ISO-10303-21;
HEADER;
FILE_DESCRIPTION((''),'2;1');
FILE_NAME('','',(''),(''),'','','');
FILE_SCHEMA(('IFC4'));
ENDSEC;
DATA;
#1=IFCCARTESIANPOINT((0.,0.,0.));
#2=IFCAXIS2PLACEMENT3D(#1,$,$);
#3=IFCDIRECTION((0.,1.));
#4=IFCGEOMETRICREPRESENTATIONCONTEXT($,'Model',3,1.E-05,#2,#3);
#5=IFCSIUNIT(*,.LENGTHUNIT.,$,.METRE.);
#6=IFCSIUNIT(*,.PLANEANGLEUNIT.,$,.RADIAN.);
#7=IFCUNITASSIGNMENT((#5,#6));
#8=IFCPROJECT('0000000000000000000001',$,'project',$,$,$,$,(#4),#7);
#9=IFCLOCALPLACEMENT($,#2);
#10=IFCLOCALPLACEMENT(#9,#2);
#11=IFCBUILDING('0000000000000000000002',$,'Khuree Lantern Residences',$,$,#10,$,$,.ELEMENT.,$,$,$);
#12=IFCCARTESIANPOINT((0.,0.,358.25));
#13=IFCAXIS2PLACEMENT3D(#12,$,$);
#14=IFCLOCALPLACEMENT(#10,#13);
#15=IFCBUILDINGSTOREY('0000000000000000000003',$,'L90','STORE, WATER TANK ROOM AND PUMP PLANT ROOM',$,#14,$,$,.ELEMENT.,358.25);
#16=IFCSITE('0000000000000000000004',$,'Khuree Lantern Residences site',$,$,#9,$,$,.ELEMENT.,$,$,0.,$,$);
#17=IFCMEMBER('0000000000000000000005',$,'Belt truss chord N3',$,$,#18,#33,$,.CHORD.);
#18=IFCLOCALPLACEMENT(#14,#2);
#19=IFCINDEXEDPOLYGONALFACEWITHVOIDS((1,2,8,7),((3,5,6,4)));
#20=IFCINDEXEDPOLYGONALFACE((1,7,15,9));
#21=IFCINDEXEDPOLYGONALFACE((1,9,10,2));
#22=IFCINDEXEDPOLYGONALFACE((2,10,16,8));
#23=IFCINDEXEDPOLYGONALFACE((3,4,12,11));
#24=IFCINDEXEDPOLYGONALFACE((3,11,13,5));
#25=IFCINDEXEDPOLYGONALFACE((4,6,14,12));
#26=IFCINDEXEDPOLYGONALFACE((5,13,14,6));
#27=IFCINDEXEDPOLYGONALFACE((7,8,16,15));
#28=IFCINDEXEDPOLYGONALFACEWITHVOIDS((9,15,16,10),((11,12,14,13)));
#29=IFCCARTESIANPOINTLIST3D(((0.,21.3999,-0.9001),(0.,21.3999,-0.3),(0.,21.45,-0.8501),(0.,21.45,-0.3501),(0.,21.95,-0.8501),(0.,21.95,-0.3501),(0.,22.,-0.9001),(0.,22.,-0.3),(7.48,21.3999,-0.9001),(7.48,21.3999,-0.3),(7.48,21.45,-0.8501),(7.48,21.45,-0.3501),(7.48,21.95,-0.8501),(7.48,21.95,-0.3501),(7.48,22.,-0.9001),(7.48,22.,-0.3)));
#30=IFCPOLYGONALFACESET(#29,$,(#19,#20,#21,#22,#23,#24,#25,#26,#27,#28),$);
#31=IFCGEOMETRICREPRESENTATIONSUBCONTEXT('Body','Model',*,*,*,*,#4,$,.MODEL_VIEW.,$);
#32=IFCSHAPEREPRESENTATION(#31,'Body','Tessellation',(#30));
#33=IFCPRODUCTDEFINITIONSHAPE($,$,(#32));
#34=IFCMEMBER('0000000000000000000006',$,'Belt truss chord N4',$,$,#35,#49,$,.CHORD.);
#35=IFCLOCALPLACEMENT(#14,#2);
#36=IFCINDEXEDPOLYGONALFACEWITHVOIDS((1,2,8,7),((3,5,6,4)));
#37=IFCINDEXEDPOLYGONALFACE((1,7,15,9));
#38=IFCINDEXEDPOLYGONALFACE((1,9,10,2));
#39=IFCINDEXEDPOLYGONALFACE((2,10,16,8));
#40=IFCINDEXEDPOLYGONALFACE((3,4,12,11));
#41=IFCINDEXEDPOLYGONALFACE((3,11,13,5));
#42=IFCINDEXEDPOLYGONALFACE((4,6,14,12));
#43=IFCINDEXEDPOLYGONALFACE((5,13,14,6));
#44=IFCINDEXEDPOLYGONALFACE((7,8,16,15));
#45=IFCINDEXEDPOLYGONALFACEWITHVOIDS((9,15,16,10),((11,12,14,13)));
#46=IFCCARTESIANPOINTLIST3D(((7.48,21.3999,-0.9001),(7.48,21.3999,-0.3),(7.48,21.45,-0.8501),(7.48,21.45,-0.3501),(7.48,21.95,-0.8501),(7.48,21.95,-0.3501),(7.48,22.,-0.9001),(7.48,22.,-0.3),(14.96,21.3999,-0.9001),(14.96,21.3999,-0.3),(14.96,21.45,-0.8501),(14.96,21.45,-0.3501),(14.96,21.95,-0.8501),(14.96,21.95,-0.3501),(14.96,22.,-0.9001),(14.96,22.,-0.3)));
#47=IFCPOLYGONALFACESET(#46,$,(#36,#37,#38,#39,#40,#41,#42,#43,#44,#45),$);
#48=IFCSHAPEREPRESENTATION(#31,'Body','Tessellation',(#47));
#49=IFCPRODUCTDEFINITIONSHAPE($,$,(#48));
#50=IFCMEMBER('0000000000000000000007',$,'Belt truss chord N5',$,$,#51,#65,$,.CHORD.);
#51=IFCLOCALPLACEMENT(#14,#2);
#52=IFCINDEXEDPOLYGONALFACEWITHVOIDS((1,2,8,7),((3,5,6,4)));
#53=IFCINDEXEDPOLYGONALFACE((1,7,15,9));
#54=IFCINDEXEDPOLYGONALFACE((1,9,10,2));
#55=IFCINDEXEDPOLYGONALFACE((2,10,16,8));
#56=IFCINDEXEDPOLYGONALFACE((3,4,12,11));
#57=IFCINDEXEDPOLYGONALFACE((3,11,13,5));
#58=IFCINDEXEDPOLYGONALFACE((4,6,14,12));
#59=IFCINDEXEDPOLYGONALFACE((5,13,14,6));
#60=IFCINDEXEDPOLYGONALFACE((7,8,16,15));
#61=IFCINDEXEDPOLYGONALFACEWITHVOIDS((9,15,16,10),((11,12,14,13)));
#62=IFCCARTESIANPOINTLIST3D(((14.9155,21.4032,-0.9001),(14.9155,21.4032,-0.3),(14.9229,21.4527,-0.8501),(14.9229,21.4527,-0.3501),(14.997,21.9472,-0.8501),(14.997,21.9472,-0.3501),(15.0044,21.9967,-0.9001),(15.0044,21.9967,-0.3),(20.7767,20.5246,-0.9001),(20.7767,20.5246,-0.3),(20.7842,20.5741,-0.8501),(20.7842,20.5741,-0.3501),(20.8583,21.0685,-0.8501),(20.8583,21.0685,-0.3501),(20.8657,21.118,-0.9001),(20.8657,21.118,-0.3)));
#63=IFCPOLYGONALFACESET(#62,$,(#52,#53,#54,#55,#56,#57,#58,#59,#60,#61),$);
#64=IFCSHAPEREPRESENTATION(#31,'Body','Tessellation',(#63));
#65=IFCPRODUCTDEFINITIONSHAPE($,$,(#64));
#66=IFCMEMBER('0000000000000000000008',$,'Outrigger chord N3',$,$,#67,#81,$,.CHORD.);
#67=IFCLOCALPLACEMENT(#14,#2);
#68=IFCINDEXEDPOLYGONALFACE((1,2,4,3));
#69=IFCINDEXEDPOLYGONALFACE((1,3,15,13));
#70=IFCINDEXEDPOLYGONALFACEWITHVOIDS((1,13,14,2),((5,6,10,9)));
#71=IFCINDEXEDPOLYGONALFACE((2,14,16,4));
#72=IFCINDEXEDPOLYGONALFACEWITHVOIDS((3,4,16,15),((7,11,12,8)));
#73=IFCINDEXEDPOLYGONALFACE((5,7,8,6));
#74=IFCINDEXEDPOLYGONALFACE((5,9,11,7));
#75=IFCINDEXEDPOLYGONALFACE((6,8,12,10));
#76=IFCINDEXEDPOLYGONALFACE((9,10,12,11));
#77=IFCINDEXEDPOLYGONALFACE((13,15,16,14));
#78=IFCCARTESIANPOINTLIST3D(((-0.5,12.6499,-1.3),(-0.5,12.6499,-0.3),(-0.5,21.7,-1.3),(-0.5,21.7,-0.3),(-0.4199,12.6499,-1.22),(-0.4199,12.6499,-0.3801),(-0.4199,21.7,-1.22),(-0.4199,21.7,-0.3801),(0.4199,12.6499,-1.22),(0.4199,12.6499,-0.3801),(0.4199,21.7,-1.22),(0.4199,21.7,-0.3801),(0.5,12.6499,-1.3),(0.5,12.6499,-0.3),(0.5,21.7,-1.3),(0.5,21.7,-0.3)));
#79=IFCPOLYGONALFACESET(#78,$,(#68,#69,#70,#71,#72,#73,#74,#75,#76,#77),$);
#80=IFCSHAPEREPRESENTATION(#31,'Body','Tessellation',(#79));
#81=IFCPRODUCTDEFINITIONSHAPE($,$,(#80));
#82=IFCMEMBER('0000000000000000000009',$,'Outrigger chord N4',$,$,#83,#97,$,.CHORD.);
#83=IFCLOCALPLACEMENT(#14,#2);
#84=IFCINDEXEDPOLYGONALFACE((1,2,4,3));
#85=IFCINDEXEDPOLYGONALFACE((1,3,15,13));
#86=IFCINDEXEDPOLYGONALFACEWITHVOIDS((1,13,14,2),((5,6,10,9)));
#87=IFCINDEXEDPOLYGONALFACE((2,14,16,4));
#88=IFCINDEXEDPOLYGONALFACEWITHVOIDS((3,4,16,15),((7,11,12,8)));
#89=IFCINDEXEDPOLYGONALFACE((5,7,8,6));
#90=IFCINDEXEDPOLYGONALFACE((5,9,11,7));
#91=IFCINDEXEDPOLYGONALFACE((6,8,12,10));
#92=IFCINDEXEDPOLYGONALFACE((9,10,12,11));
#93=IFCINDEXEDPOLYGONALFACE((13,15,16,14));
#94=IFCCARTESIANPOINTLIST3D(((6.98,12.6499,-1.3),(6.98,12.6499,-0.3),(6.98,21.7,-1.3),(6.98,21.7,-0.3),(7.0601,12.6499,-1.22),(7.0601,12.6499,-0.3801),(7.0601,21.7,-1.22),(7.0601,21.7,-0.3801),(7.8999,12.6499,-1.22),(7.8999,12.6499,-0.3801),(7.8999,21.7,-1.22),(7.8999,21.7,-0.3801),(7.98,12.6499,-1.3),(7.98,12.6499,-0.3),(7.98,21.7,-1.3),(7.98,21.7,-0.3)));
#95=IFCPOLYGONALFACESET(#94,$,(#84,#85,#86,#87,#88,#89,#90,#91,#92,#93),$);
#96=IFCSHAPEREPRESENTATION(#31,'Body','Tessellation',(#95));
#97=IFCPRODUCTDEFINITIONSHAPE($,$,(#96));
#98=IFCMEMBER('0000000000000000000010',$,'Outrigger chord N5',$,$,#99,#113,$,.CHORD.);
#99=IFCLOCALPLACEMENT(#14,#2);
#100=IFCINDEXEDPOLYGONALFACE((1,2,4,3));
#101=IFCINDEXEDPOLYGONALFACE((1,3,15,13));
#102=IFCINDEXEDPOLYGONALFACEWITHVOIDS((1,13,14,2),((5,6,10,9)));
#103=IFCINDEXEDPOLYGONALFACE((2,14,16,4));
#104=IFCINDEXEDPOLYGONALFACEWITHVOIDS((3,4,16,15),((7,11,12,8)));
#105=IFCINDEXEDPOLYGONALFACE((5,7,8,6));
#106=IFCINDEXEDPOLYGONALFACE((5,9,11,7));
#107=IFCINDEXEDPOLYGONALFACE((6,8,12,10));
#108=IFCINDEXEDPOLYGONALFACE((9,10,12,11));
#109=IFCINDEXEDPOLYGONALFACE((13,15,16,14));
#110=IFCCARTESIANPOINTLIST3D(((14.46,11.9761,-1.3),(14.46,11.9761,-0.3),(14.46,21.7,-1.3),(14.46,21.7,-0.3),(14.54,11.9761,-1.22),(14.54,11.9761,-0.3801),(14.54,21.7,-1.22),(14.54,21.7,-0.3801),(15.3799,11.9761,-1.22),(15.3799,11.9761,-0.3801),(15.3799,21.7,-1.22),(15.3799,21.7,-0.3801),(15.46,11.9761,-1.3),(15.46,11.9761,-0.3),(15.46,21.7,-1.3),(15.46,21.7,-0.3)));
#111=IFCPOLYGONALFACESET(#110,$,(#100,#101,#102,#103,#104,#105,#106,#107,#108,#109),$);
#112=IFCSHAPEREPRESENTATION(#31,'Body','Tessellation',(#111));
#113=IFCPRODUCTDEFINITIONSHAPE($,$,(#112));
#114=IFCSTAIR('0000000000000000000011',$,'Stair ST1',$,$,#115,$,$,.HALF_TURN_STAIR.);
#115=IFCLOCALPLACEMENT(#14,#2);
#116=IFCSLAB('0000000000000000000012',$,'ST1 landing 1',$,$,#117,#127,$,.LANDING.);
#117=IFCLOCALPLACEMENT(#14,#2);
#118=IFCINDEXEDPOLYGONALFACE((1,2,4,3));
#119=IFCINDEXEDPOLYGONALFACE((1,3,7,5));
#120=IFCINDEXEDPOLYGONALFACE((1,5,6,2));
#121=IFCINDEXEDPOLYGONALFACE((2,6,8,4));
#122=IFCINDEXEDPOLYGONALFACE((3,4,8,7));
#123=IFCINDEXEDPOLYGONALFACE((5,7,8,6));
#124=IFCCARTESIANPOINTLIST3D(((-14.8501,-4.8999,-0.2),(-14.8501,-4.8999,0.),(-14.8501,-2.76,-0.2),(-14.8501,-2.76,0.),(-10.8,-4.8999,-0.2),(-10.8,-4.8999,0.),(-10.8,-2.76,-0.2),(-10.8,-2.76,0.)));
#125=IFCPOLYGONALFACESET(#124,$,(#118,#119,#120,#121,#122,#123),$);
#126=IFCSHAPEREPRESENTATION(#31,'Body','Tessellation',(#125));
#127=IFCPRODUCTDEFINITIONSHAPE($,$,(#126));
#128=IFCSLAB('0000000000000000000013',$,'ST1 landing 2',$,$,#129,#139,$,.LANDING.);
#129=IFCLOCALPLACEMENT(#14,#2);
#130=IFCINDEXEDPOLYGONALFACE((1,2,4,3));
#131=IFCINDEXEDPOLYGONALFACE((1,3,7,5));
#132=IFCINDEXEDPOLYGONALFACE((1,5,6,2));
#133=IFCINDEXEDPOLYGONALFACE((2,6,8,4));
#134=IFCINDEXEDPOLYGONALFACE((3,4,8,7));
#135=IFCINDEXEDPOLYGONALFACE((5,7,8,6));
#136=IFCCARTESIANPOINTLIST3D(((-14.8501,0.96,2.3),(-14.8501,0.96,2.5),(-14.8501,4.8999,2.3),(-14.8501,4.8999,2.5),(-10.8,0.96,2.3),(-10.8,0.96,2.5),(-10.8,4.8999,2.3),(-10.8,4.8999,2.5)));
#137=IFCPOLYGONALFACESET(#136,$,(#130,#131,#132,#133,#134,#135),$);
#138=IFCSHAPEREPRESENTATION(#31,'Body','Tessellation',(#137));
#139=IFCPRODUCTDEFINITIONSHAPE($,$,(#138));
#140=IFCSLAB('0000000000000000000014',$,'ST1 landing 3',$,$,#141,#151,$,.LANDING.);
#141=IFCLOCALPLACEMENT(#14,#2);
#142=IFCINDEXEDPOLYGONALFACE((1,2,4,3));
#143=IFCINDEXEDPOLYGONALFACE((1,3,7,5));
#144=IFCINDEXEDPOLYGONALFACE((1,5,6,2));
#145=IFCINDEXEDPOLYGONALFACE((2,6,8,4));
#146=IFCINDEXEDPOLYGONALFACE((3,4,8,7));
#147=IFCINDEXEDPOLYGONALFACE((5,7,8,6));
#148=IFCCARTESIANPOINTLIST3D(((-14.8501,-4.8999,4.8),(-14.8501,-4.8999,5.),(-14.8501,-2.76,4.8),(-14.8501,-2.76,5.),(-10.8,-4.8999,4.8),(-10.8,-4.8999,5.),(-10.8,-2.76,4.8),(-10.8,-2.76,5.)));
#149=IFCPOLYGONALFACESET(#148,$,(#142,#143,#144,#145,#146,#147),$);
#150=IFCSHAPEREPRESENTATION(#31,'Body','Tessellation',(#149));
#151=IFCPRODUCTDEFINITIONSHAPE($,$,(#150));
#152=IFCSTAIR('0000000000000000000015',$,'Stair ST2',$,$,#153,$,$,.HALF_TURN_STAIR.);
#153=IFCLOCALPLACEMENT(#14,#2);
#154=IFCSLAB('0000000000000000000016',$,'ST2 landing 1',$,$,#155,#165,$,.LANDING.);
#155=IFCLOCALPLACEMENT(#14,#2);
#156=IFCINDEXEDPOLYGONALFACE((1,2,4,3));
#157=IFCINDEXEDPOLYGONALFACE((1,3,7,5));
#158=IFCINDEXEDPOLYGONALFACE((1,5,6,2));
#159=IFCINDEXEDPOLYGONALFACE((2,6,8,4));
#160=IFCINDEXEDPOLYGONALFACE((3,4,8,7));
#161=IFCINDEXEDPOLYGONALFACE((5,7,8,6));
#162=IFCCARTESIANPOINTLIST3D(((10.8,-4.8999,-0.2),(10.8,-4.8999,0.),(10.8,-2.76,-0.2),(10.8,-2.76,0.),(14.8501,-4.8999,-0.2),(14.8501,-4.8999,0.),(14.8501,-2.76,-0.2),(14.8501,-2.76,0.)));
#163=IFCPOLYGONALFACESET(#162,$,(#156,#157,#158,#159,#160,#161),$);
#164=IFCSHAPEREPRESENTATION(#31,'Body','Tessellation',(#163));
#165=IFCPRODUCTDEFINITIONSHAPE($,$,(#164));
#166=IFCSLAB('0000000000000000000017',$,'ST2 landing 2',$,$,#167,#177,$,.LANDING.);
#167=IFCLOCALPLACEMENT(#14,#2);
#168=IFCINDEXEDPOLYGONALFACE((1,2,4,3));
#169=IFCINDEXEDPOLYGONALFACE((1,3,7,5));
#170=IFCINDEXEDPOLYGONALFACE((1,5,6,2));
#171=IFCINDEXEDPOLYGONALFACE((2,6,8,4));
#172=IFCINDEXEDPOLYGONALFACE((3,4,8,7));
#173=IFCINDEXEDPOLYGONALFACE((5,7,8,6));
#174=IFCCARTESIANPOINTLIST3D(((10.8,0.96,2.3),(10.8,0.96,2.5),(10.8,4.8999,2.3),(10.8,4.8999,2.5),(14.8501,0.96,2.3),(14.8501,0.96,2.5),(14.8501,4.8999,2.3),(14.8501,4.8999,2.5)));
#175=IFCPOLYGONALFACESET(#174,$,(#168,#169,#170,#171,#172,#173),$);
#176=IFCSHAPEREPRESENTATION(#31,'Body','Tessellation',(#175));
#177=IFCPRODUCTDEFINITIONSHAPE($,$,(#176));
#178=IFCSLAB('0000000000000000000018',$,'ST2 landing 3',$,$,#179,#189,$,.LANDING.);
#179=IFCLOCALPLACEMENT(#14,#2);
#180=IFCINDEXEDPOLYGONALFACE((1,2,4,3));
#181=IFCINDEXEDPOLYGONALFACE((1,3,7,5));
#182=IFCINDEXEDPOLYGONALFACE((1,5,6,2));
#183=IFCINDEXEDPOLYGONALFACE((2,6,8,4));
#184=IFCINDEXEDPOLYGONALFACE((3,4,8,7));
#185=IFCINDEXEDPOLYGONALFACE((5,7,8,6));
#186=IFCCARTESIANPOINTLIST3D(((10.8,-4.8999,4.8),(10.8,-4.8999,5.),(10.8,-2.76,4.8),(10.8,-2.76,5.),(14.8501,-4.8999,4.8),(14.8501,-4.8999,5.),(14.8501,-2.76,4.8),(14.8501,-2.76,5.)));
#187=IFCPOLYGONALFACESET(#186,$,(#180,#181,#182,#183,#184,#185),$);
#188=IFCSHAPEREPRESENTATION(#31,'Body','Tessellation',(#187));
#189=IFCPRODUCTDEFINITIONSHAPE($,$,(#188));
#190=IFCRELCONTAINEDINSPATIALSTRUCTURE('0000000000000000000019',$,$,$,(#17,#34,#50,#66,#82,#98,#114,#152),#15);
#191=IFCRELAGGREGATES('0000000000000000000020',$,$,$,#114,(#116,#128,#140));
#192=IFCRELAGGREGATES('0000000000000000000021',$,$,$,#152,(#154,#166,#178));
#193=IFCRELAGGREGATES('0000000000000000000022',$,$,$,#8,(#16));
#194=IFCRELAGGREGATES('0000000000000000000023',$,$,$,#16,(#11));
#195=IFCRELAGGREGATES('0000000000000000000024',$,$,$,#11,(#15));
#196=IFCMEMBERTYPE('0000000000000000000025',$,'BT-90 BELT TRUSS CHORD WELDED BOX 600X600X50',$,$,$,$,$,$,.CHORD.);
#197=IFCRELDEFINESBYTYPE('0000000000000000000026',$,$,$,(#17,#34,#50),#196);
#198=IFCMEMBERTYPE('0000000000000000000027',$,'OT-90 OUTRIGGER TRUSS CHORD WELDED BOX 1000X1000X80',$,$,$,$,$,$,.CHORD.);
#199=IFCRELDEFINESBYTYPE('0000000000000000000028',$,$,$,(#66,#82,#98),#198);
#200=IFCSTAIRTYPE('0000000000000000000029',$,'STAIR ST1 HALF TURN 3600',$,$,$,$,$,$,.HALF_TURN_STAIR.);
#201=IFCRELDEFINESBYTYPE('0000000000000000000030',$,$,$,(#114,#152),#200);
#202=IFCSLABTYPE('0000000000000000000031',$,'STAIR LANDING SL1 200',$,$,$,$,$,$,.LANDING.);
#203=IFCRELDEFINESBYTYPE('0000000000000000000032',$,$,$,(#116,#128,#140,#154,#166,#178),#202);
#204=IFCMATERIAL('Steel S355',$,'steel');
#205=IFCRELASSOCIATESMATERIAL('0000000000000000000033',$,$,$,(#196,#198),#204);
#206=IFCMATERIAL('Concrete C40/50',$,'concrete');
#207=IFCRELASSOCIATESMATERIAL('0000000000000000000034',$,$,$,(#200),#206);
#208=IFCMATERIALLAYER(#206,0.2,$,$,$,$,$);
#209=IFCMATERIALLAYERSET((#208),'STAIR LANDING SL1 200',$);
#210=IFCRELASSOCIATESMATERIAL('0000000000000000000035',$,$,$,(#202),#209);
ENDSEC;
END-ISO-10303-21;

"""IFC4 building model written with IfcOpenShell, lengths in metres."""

from ifc_helpers import new_model, si_unit, direction, frame, origin, origin_2d, place, context, subcontext, project, spatial, polyline, hollow_rectangle, outline, extrude, material, layer, layer_set, material_profile, profile_set, type_object, element, aggregate, save


model = new_model("IFC4")

# Units and contexts
model_context = context("Model", 3, precision=1e-05, world=origin(), true_north=direction((0.0, 1.0)))
body_context = subcontext(model_context, "Body", "Model", "MODEL_VIEW")
ifc_project = project(units=[si_unit("LENGTHUNIT", "METRE"), si_unit("PLANEANGLEUNIT", "RADIAN")], contexts=[model_context])

# Site, building, storey
site_placement = place(None, origin())
site = spatial("IfcSite", under=ifc_project, at=site_placement, Name="Khuree Lantern Residences site", CompositionType="ELEMENT", RefElevation=0.0)
building_placement = place(site_placement, origin())
building = spatial("IfcBuilding", under=site, at=building_placement, Name="Khuree Lantern Residences", CompositionType="ELEMENT")
storey_placement = place(building_placement, frame((0.0, 0.0, 358.25)))
storey = spatial("IfcBuildingStorey", under=building, at=storey_placement, Name="L90", Description="STORE, WATER TANK ROOM AND PUMP PLANT ROOM", CompositionType="ELEMENT", Elevation=358.25)

# Shared definitions
ifc_material_1 = material(Name="Steel S355", Category="steel")

# Members
ifc_material_profile_1 = material_profile(ifc_material_1, hollow_rectangle(XDim=0.6001, YDim=0.6001, WallThickness=0.05, at=origin_2d()), Name="WELDED BOX 600X600X50")
ifc_profile_set_1 = profile_set([ifc_material_profile_1], Name="Steel S355")
member_type_1 = type_object("IfcMemberType", Name="BT-90 BELT TRUSS CHORD WELDED BOX 600X600X50", PredefinedType="CHORD", material=ifc_profile_set_1)
for number, where, z_axis, x_axis, name in (
    (1, (0.0, 21.7, -0.6001), (1.0, 0.0, 0.0), (0.0, 1.0, 0.0), "Belt truss chord N3"),
    (2, (7.48, 21.7, -0.6001), (1.0, 0.0, 0.0), (0.0, 1.0, 0.0), "Belt truss chord N4"),
):
    element("IfcMember", number, at=place(storey_placement, frame(where, z_axis=z_axis, x_axis=x_axis)), inside=storey, type_object=member_type_1, Name=name, PredefinedType="CHORD", context=body_context, shape_type="SweptSolid", body=[
        extrude(hollow_rectangle(XDim=0.6001, YDim=0.6001, WallThickness=0.05, at=origin_2d()), origin(), (0.0, 0.0, 1.0), 7.48),
    ])
member_1_placement = place(storey_placement, frame((14.96, 21.7, -0.6001), z_axis=(0.98895, -0.148252, 0.0), x_axis=(0.148252, 0.98895, 0.0)))
element("IfcMember", 3, at=member_1_placement, inside=storey, type_object=member_type_1, Name="Belt truss chord N5", PredefinedType="CHORD", context=body_context, shape_type="SweptSolid", body=[
    extrude(hollow_rectangle(XDim=0.6001, YDim=0.6001, WallThickness=0.05, at=origin_2d()), origin(), (0.0, 0.0, 1.0), 5.9268),
])
ifc_material_profile_2 = material_profile(ifc_material_1, hollow_rectangle(XDim=1.0, YDim=1.0, WallThickness=0.0801, at=origin_2d()), Name="WELDED BOX 1000X1000X80")
ifc_profile_set_2 = profile_set([ifc_material_profile_2], Name="Steel S355")
member_type_2 = type_object("IfcMemberType", Name="OT-90 OUTRIGGER TRUSS CHORD WELDED BOX 1000X1000X80", PredefinedType="CHORD", material=ifc_profile_set_2)
for number, where, z_axis, x_axis, name in (
    (4, (0.0, 21.7, -0.8), (0.0, -1.0, 0.0), (1.0, 0.0, 0.0), "Outrigger chord N3"),
    (5, (7.48, 21.7, -0.8), (0.0, -1.0, 0.0), (1.0, 0.0, 0.0), "Outrigger chord N4"),
):
    element("IfcMember", number, at=place(storey_placement, frame(where, z_axis=z_axis, x_axis=x_axis)), inside=storey, type_object=member_type_2, Name=name, PredefinedType="CHORD", context=body_context, shape_type="SweptSolid", body=[
        extrude(hollow_rectangle(XDim=1.0, YDim=1.0, WallThickness=0.0801, at=origin_2d()), origin(), (0.0, 0.0, 1.0), 9.05),
    ])
member_2_placement = place(storey_placement, frame((14.96, 21.7, -0.8), z_axis=(0.0, -1.0, 0.0), x_axis=(1.0, 0.0, 0.0)))
element("IfcMember", 6, at=member_2_placement, inside=storey, type_object=member_type_2, Name="Outrigger chord N5", PredefinedType="CHORD", context=body_context, shape_type="SweptSolid", body=[
    extrude(hollow_rectangle(XDim=1.0, YDim=1.0, WallThickness=0.0801, at=origin_2d()), origin(), (0.0, 0.0, 1.0), 9.7239),
])

# Stairs, slabs
ifc_material_2 = material(Name="Concrete C40/50", Category="concrete")
stair_type = type_object("IfcStairType", Name="STAIR ST1 HALF TURN 3600", PredefinedType="HALF_TURN_STAIR", material=ifc_material_2)
stair_1_placement = place(storey_placement, origin())
stair_1 = element("IfcStair", 7, at=stair_1_placement, inside=storey, type_object=stair_type, Name="Stair ST1", PredefinedType="HALF_TURN_STAIR")
ifc_layer_1 = layer(ifc_material_2, 0.2)
ifc_layer_set_1 = layer_set([ifc_layer_1], Name="STAIR LANDING SL1 200")
slab_type = type_object("IfcSlabType", Name="STAIR LANDING SL1 200", PredefinedType="LANDING", material=ifc_layer_set_1)
slab_1_placement = place(storey_placement, frame((0.0, 0.0, -0.2)))
slab_1 = element("IfcSlab", 8, at=slab_1_placement, type_object=slab_type, Name="ST1 landing 1", PredefinedType="LANDING", context=body_context, shape_type="SweptSolid", body=[
    extrude(outline(polyline([(-14.8501, -4.8999), (-10.8, -4.8999), (-10.8, -2.76), (-14.8501, -2.76), (-14.8501, -4.8999)])), origin(), (0.0, 0.0, 1.0), 0.2),
])
slab_2_placement = place(storey_placement, frame((0.0, 0.0, 2.3)))
slab_2 = element("IfcSlab", 9, at=slab_2_placement, type_object=slab_type, Name="ST1 landing 2", PredefinedType="LANDING", context=body_context, shape_type="SweptSolid", body=[
    extrude(outline(polyline([(-14.8501, 0.96), (-14.8501, 4.8999), (-10.8, 4.8999), (-10.8, 0.96), (-14.8501, 0.96)])), origin(), (0.0, 0.0, 1.0), 0.2),
])
slab_3_placement = place(storey_placement, frame((0.0, 0.0, 4.8)))
slab_3 = element("IfcSlab", 10, at=slab_3_placement, type_object=slab_type, Name="ST1 landing 3", PredefinedType="LANDING", context=body_context, shape_type="SweptSolid", body=[
    extrude(outline(polyline([(-14.8501, -4.8999), (-10.8, -4.8999), (-10.8, -2.76), (-14.8501, -2.76), (-14.8501, -4.8999)])), origin(), (0.0, 0.0, 1.0), 0.2),
])
aggregate(stair_1, [slab_1, slab_2, slab_3])
stair_2_placement = place(storey_placement, origin())
stair_2 = element("IfcStair", 11, at=stair_2_placement, inside=storey, type_object=stair_type, Name="Stair ST2", PredefinedType="HALF_TURN_STAIR")
slab_4_placement = place(storey_placement, frame((0.0, 0.0, -0.2)))
slab_4 = element("IfcSlab", 12, at=slab_4_placement, type_object=slab_type, Name="ST2 landing 1", PredefinedType="LANDING", context=body_context, shape_type="SweptSolid", body=[
    extrude(outline(polyline([(10.8, -4.8999), (14.8501, -4.8999), (14.8501, -2.76), (10.8, -2.76), (10.8, -4.8999)])), origin(), (0.0, 0.0, 1.0), 0.2),
])
slab_5_placement = place(storey_placement, frame((0.0, 0.0, 2.3)))
slab_5 = element("IfcSlab", 13, at=slab_5_placement, type_object=slab_type, Name="ST2 landing 2", PredefinedType="LANDING", context=body_context, shape_type="SweptSolid", body=[
    extrude(outline(polyline([(14.8501, 4.8999), (14.8501, 0.96), (10.8, 0.96), (10.8, 4.8999), (14.8501, 4.8999)])), origin(), (0.0, 0.0, 1.0), 0.2),
])
slab_6_placement = place(storey_placement, frame((0.0, 0.0, 4.8)))
slab_6 = element("IfcSlab", 14, at=slab_6_placement, type_object=slab_type, Name="ST2 landing 3", PredefinedType="LANDING", context=body_context, shape_type="SweptSolid", body=[
    extrude(outline(polyline([(10.8, -4.8999), (14.8501, -4.8999), (14.8501, -2.76), (10.8, -2.76), (10.8, -4.8999)])), origin(), (0.0, 0.0, 1.0), 0.2),
])

aggregate(stair_2, [slab_4, slab_5, slab_6])

save(model, "model.ifc")
